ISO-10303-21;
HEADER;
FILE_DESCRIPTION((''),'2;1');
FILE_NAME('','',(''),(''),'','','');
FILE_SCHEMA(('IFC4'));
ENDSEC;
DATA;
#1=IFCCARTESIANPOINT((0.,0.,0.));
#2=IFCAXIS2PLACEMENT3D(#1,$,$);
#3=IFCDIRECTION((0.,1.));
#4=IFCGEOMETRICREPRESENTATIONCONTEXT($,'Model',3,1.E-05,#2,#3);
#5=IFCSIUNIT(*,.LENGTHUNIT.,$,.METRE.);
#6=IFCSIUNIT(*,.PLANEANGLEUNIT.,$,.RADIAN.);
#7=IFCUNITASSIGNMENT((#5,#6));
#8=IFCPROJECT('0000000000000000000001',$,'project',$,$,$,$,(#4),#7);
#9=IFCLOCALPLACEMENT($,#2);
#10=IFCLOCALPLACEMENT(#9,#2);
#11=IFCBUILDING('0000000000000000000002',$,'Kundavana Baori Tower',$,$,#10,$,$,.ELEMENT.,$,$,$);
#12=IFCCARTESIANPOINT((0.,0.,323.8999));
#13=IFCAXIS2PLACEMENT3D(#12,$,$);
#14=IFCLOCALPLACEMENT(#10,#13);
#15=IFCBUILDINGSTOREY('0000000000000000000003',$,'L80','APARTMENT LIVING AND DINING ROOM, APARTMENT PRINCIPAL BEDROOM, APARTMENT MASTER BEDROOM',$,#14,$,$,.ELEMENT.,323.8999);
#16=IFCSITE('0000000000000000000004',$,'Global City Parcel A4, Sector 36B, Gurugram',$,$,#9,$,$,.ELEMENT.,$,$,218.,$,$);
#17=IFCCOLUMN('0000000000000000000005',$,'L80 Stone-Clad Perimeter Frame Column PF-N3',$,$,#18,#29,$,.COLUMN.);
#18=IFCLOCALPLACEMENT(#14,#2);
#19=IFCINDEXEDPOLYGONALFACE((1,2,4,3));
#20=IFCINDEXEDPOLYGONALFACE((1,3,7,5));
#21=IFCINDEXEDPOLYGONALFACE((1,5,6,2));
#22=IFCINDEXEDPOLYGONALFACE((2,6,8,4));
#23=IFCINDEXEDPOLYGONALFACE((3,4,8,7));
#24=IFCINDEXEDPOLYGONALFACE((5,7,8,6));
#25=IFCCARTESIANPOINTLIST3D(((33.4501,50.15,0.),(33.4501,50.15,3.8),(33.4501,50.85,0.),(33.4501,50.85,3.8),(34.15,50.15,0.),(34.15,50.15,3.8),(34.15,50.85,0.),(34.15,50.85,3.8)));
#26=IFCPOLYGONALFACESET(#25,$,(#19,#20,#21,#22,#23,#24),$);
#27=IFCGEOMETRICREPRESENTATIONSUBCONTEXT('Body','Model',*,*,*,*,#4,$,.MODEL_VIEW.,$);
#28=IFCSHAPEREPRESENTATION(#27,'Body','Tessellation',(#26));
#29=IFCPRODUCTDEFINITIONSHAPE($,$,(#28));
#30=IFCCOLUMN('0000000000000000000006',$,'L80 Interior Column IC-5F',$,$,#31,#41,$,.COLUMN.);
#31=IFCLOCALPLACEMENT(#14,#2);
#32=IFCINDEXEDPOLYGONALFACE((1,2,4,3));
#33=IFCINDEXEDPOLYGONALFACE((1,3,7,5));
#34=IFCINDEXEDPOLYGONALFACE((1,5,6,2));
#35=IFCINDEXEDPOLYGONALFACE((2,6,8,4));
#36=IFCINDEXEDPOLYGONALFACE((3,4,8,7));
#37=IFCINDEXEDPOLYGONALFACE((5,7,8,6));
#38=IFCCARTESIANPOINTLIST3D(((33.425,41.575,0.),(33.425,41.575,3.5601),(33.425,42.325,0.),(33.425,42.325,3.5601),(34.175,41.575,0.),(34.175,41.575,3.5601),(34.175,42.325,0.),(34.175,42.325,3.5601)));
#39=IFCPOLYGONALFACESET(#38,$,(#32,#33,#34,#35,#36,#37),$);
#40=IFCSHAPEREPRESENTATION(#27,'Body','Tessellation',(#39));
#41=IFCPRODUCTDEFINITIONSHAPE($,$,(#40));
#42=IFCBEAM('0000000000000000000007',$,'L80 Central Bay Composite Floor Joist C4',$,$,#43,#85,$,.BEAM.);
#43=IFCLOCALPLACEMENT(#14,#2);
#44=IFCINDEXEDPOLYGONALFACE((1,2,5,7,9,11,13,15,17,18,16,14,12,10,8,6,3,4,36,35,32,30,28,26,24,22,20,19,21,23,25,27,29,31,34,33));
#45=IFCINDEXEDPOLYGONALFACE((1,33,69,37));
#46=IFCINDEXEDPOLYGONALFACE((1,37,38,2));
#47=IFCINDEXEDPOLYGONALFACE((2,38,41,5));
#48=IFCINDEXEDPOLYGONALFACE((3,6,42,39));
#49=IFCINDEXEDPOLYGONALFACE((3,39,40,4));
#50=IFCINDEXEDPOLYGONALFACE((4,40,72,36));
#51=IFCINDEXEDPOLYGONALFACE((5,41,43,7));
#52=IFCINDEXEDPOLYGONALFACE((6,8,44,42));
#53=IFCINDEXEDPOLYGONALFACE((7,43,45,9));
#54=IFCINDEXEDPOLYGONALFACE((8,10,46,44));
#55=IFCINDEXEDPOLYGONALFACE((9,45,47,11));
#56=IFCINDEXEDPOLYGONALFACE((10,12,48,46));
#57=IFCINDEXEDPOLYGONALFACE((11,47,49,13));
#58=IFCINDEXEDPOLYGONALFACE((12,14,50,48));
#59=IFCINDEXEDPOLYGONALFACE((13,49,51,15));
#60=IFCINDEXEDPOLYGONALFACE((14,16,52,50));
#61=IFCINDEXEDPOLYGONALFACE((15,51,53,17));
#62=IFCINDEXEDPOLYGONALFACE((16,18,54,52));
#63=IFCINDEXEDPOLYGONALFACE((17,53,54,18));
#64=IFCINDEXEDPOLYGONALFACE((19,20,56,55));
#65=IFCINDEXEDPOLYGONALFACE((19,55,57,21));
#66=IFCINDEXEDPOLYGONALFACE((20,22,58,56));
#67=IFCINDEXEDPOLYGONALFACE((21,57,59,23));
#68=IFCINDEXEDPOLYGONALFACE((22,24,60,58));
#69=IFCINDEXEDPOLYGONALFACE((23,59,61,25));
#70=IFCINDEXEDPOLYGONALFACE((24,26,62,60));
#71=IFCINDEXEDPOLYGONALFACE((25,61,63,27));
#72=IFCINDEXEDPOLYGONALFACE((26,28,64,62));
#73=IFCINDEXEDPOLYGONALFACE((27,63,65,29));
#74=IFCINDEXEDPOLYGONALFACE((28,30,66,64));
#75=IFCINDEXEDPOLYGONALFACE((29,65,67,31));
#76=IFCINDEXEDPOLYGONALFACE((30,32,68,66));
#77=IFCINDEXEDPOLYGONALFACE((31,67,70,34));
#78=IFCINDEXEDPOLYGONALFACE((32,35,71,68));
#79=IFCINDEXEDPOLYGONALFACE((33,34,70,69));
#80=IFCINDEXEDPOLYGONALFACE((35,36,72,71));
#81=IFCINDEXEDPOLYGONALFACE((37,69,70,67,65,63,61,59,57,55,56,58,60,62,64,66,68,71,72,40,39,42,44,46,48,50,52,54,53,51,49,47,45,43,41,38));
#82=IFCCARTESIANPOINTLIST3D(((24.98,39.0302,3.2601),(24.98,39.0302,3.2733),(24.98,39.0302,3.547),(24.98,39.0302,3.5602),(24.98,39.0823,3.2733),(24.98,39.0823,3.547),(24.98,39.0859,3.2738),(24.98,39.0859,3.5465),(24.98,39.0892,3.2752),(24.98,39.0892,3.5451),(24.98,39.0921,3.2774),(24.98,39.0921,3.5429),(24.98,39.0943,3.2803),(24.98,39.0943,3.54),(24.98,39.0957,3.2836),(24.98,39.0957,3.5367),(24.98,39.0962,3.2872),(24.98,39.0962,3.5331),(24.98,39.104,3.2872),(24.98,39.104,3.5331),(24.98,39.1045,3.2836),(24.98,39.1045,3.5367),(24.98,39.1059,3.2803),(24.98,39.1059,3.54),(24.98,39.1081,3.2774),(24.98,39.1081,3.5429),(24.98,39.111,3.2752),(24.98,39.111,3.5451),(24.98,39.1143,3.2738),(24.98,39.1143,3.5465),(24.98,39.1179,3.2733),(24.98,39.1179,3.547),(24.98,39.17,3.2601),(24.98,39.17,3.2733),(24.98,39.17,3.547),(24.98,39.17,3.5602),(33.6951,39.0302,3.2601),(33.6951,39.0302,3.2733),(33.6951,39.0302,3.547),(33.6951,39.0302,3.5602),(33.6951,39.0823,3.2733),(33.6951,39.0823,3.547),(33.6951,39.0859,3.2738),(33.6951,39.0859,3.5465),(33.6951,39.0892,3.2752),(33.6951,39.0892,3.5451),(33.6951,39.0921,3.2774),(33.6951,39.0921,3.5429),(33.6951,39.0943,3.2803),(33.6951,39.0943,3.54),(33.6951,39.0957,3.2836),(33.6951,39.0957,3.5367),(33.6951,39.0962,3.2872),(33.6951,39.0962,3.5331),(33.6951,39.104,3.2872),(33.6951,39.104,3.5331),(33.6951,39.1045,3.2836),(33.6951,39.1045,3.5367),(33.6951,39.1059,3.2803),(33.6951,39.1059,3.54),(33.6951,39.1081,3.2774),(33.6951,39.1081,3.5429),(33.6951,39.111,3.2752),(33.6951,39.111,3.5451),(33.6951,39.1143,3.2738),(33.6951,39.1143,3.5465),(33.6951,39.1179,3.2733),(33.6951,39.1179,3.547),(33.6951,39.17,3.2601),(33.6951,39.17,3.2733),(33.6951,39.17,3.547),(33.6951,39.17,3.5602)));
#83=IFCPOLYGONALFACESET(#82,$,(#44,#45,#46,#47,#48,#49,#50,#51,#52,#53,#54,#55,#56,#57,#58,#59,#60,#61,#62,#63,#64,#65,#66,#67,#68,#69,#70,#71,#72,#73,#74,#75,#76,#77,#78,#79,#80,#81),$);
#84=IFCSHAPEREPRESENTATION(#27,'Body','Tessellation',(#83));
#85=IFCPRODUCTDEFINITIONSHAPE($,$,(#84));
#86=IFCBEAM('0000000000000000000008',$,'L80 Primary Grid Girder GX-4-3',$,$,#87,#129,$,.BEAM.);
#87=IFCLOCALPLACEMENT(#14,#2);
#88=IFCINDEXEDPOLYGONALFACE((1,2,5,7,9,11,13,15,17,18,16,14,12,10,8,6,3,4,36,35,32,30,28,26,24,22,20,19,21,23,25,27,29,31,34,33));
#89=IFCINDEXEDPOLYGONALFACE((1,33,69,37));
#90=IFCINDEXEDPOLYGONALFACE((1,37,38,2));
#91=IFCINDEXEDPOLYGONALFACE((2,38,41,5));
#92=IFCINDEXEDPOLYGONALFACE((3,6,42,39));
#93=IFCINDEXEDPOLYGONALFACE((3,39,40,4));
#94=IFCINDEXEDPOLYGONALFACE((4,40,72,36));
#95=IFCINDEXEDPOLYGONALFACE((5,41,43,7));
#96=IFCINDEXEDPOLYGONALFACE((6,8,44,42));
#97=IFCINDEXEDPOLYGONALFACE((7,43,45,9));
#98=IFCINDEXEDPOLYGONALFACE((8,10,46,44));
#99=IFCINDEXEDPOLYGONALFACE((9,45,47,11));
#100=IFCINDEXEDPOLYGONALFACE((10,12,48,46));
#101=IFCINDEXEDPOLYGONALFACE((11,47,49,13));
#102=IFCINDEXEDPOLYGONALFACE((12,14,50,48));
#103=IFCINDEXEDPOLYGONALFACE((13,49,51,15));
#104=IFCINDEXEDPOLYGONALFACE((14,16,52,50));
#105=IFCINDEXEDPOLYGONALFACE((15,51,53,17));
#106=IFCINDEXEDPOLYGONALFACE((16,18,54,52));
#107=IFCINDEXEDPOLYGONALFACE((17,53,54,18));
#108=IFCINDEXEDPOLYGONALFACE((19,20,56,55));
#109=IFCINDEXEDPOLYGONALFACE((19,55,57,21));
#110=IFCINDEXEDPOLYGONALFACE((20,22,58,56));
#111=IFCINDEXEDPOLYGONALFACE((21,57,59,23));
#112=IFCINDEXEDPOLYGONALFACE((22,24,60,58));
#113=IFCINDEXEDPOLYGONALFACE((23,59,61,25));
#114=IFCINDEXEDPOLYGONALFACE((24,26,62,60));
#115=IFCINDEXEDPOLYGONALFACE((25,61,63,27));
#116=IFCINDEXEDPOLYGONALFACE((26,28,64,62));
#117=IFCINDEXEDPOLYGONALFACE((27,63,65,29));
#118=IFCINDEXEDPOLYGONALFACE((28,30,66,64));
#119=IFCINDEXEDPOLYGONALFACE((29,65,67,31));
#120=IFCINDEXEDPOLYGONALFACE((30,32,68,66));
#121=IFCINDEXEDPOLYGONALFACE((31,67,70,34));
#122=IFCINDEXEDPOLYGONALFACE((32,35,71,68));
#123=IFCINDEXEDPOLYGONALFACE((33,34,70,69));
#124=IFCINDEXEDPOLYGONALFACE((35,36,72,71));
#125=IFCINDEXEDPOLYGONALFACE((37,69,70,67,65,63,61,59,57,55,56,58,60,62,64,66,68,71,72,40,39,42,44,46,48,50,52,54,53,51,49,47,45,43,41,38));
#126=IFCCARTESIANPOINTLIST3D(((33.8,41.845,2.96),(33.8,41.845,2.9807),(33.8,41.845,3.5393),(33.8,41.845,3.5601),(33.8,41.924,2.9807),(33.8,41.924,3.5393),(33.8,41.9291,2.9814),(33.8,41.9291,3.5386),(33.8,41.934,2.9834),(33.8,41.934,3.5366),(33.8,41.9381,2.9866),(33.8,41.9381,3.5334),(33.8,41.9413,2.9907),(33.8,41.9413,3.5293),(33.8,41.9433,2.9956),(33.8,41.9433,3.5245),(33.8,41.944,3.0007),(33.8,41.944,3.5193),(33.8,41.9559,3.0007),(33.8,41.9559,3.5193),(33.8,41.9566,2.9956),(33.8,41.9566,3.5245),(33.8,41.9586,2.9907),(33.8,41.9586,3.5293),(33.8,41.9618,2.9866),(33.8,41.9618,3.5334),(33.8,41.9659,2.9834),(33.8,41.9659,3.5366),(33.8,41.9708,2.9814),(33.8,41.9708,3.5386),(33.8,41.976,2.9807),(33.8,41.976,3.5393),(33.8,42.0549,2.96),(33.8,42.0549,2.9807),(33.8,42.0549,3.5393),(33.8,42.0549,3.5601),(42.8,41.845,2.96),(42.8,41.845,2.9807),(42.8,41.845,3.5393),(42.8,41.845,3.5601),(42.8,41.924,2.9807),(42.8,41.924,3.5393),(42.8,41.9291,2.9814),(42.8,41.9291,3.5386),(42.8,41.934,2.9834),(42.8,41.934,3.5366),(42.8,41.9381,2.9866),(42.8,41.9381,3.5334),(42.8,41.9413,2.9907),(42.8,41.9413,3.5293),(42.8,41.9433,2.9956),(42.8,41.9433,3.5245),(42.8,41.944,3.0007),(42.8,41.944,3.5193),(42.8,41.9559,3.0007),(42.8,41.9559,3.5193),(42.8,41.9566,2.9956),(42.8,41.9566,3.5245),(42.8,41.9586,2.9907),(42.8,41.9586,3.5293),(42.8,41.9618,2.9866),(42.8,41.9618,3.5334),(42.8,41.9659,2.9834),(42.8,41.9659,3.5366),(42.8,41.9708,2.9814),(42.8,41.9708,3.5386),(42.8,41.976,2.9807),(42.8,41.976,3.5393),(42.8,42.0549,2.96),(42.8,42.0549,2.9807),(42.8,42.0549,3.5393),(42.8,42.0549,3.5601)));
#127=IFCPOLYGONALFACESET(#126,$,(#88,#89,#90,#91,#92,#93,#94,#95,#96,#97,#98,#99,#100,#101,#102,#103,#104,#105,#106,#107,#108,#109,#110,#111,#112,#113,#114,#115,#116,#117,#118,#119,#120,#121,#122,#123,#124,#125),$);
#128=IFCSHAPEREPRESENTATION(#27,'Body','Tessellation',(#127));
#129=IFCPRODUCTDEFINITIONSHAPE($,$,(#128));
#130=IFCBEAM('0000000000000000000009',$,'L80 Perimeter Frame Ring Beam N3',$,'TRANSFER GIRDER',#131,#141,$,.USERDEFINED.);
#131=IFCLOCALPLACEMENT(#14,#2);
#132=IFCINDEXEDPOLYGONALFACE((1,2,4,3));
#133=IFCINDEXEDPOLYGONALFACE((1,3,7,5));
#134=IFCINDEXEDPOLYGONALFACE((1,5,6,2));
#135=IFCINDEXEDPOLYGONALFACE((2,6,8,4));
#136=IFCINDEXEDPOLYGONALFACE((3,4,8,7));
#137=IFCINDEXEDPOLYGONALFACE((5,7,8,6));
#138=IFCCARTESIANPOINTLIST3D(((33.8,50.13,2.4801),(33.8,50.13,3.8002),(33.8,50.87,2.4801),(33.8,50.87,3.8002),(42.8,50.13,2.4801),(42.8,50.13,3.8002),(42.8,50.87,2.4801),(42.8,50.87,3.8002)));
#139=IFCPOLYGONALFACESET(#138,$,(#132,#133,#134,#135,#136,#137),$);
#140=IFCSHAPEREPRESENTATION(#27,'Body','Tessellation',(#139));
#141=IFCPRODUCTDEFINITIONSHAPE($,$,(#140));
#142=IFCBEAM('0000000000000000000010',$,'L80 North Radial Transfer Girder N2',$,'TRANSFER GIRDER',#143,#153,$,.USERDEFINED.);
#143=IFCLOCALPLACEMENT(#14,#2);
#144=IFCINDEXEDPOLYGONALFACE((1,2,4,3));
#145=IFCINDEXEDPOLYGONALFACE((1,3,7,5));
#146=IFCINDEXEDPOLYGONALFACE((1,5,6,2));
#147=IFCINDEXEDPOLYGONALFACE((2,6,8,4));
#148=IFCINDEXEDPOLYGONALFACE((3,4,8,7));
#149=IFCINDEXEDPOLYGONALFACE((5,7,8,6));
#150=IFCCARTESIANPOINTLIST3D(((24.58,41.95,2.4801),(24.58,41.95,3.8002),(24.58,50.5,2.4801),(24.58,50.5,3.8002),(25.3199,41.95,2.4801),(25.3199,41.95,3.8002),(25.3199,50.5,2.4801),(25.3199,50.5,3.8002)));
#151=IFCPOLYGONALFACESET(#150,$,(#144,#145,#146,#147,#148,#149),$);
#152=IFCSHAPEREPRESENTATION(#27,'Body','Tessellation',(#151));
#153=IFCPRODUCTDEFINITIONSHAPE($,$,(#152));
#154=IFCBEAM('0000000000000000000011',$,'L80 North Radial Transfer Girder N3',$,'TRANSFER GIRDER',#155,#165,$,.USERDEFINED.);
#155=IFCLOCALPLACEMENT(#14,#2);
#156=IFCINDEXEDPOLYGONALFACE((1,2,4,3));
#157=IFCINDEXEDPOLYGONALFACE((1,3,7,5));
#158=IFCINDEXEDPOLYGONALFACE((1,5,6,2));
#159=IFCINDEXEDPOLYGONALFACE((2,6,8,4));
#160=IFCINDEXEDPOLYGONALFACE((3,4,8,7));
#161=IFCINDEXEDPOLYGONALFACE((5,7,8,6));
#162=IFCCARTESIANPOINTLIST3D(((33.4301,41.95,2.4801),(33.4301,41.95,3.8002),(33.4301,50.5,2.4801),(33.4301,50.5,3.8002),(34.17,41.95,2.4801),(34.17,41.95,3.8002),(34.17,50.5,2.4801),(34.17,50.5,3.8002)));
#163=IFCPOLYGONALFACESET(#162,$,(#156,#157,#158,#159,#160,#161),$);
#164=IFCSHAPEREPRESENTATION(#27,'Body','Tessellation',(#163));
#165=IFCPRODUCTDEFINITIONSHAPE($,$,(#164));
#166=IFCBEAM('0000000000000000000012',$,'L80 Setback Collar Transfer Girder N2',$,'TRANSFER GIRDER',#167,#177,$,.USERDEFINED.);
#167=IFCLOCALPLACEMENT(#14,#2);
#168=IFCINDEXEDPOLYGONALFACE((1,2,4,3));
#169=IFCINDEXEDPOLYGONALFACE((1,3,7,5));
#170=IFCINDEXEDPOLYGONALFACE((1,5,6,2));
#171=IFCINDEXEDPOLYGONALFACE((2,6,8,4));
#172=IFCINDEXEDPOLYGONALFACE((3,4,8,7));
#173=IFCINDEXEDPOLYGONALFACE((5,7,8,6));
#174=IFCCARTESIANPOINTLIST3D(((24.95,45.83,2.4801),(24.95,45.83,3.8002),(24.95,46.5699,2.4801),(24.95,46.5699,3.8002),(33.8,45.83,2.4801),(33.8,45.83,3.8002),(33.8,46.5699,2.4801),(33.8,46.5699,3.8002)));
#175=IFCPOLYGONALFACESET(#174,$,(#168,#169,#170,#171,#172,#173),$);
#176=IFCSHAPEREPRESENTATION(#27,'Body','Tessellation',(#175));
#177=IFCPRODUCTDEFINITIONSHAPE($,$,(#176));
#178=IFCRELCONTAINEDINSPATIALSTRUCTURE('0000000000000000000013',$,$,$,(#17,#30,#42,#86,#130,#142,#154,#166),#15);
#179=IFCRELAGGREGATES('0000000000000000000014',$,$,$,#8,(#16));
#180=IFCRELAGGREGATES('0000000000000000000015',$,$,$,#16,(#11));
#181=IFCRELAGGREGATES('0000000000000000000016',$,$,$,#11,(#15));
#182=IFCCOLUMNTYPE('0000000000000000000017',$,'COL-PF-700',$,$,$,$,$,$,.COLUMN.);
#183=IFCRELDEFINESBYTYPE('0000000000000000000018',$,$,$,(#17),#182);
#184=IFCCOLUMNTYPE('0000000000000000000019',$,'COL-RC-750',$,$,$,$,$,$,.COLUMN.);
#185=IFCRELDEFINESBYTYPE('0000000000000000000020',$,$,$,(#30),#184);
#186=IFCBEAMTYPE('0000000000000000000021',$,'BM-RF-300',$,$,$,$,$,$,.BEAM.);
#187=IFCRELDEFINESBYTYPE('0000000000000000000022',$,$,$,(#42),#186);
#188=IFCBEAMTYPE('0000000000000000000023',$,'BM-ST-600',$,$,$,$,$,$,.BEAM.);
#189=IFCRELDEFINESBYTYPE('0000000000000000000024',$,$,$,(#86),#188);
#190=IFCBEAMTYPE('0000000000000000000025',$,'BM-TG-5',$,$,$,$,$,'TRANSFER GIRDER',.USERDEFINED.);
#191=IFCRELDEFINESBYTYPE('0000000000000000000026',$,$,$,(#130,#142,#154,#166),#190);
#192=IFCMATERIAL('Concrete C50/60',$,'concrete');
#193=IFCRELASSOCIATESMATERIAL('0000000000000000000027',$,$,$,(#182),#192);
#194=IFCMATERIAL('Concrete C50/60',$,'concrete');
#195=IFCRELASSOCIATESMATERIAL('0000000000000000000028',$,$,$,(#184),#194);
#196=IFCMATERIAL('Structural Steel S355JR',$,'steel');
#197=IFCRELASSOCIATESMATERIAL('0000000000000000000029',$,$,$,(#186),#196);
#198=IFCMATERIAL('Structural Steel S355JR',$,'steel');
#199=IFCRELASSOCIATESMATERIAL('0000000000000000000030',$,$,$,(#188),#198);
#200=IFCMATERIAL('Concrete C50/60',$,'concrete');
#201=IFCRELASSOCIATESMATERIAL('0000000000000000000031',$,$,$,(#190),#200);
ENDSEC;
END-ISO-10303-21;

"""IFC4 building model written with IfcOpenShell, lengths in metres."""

from ifc_helpers import new_model, si_unit, direction, frame, origin, origin_2d, place, context, subcontext, project, spatial, rectangle, i_section, extrude, material, material_profile, profile_set, type_object, element, save


model = new_model("IFC4")

# Units and contexts
model_context = context("Model", 3, precision=1e-05, world=origin(), true_north=direction((0.0, 1.0)))
body_context = subcontext(model_context, "Body", "Model", "MODEL_VIEW")
ifc_project = project(units=[si_unit("LENGTHUNIT", "METRE"), si_unit("PLANEANGLEUNIT", "RADIAN")], contexts=[model_context])

# Site, building, storey
site_placement = place(None, origin())
site = spatial("IfcSite", under=ifc_project, at=site_placement, Name="Global City Parcel A4, Sector 36B, Gurugram", CompositionType="ELEMENT", RefElevation=218.0)
building_placement = place(site_placement, origin())
building = spatial("IfcBuilding", under=site, at=building_placement, Name="Kundavana Baori Tower", CompositionType="ELEMENT")
storey_placement = place(building_placement, frame((0.0, 0.0, 323.8999)))
storey = spatial("IfcBuildingStorey", under=building, at=storey_placement, Name="L80", Description="APARTMENT LIVING AND DINING ROOM, APARTMENT PRINCIPAL BEDROOM, APARTMENT MASTER BEDROOM", CompositionType="ELEMENT", Elevation=323.8999)

# Columns
ifc_material_1 = material(Name="Concrete C50/60", Category="concrete")
ifc_material_profile_1 = material_profile(ifc_material_1, rectangle(XDim=0.7, YDim=0.7, at=origin_2d()), Name="RC PF 700x700")
ifc_profile_set_1 = profile_set([ifc_material_profile_1], Name="Concrete C50/60")
column_type_1 = type_object("IfcColumnType", Name="COL-PF-700", PredefinedType="COLUMN", material=ifc_profile_set_1)
column_1_placement = place(storey_placement, frame((33.8, 50.5, 0.0), z_axis=(0.0, 0.0, 1.0), x_axis=(1.0, 0.0, 0.0)))
element("IfcColumn", 1, at=column_1_placement, inside=storey, type_object=column_type_1, Name="L80 Stone-Clad Perimeter Frame Column PF-N3", PredefinedType="COLUMN", context=body_context, shape_type="SweptSolid", body=[
    extrude(rectangle(XDim=0.7, YDim=0.7, at=origin_2d()), origin(), (0.0, 0.0, 1.0), 3.8),
])
ifc_material_2 = material(Name="Concrete C50/60", Category="concrete")
ifc_material_profile_2 = material_profile(ifc_material_2, rectangle(XDim=0.75, YDim=0.75, at=origin_2d()), Name="RC 750x750")
ifc_profile_set_2 = profile_set([ifc_material_profile_2], Name="Concrete C50/60")
column_type_2 = type_object("IfcColumnType", Name="COL-RC-750", PredefinedType="COLUMN", material=ifc_profile_set_2)
column_2_placement = place(storey_placement, frame((33.8, 41.95, 0.0), z_axis=(0.0, 0.0, 1.0), x_axis=(1.0, 0.0, 0.0)))
element("IfcColumn", 2, at=column_2_placement, inside=storey, type_object=column_type_2, Name="L80 Interior Column IC-5F", PredefinedType="COLUMN", context=body_context, shape_type="SweptSolid", body=[
    extrude(rectangle(XDim=0.75, YDim=0.75, at=origin_2d()), origin(), (0.0, 0.0, 1.0), 3.5601),
])

# Beams
ifc_material_3 = material(Name="Structural Steel S355JR", Category="steel")
ifc_material_profile_3 = material_profile(ifc_material_3, i_section(OverallWidth=0.1399, OverallDepth=0.3, WebThickness=0.0078, FlangeThickness=0.0132, FilletRadius=0.0139, at=origin_2d()), Name="ISMB 300")
ifc_profile_set_3 = profile_set([ifc_material_profile_3], Name="Structural Steel S355JR")
beam_type_1 = type_object("IfcBeamType", Name="BM-RF-300", PredefinedType="BEAM", material=ifc_profile_set_3)
beam_1_placement = place(storey_placement, frame((24.98, 39.1001, 3.4102), z_axis=(1.0, 0.0, 0.0), x_axis=(0.0, 1.0, 0.0)))
element("IfcBeam", 3, at=beam_1_placement, inside=storey, type_object=beam_type_1, Name="L80 Central Bay Composite Floor Joist C4", PredefinedType="BEAM", context=body_context, shape_type="SweptSolid", body=[
    extrude(i_section(OverallWidth=0.1399, OverallDepth=0.3, WebThickness=0.0078, FlangeThickness=0.0132, FilletRadius=0.0139, at=origin_2d()), origin(), (0.0, 0.0, 1.0), 8.7151),
])
ifc_material_4 = material(Name="Structural Steel S355JR", Category="steel")
ifc_material_profile_4 = material_profile(ifc_material_4, i_section(OverallWidth=0.21, OverallDepth=0.6001, WebThickness=0.012, FlangeThickness=0.0208, FilletRadius=0.02, at=origin_2d()), Name="ISMB 600")
ifc_profile_set_4 = profile_set([ifc_material_profile_4], Name="Structural Steel S355JR")
beam_type_2 = type_object("IfcBeamType", Name="BM-ST-600", PredefinedType="BEAM", material=ifc_profile_set_4)
beam_2_placement = place(storey_placement, frame((33.8, 41.95, 3.26), z_axis=(1.0, 0.0, 0.0), x_axis=(0.0, 1.0, 0.0)))
element("IfcBeam", 4, at=beam_2_placement, inside=storey, type_object=beam_type_2, Name="L80 Primary Grid Girder GX-4-3", PredefinedType="BEAM", context=body_context, shape_type="SweptSolid", body=[
    extrude(i_section(OverallWidth=0.21, OverallDepth=0.6001, WebThickness=0.012, FlangeThickness=0.0208, FilletRadius=0.02, at=origin_2d()), origin(), (0.0, 0.0, 1.0), 9.0),
])
ifc_material_5 = material(Name="Concrete C50/60", Category="concrete")
ifc_material_profile_5 = material_profile(ifc_material_5, rectangle(XDim=0.74, YDim=1.3201, at=origin_2d()), Name="BM-TG-5")
ifc_profile_set_5 = profile_set([ifc_material_profile_5], Name="Concrete C50/60")
beam_type_3 = type_object("IfcBeamType", Name="BM-TG-5", ElementType="TRANSFER GIRDER", PredefinedType="USERDEFINED", material=ifc_profile_set_5)
beam_3_placement = place(storey_placement, frame((33.8, 50.5, 3.1401), z_axis=(1.0, 0.0, 0.0), x_axis=(0.0, 1.0, 0.0)))
element("IfcBeam", 5, at=beam_3_placement, inside=storey, type_object=beam_type_3, Name="L80 Perimeter Frame Ring Beam N3", ObjectType="TRANSFER GIRDER", PredefinedType="USERDEFINED", context=body_context, shape_type="SweptSolid", body=[
    extrude(rectangle(XDim=0.74, YDim=1.3201, at=origin_2d()), origin(), (0.0, 0.0, 1.0), 9.0),
])
for number, where, z_axis, x_axis, name in (
    (6, (24.95, 41.95, 3.1401), (0.0, 1.0, 0.0), (-1.0, 0.0, 0.0), "L80 North Radial Transfer Girder N2"),
    (7, (33.8, 41.95, 3.1401), (0.0, 1.0, 0.0), (-1.0, 0.0, 0.0), "L80 North Radial Transfer Girder N3"),
):
    element("IfcBeam", number, at=place(storey_placement, frame(where, z_axis=z_axis, x_axis=x_axis)), inside=storey, type_object=beam_type_3, Name=name, ObjectType="TRANSFER GIRDER", PredefinedType="USERDEFINED", context=body_context, shape_type="SweptSolid", body=[
        extrude(rectangle(XDim=0.74, YDim=1.3201, at=origin_2d()), origin(), (0.0, 0.0, 1.0), 8.55),
    ])
beam_4_placement = place(storey_placement, frame((24.95, 46.2, 3.1401), z_axis=(1.0, 0.0, 0.0), x_axis=(0.0, 1.0, 0.0)))
element("IfcBeam", 8, at=beam_4_placement, inside=storey, type_object=beam_type_3, Name="L80 Setback Collar Transfer Girder N2", ObjectType="TRANSFER GIRDER", PredefinedType="USERDEFINED", context=body_context, shape_type="SweptSolid", body=[
    extrude(rectangle(XDim=0.74, YDim=1.3201, at=origin_2d()), origin(), (0.0, 0.0, 1.0), 8.8501),
])

save(model, "model.ifc")
